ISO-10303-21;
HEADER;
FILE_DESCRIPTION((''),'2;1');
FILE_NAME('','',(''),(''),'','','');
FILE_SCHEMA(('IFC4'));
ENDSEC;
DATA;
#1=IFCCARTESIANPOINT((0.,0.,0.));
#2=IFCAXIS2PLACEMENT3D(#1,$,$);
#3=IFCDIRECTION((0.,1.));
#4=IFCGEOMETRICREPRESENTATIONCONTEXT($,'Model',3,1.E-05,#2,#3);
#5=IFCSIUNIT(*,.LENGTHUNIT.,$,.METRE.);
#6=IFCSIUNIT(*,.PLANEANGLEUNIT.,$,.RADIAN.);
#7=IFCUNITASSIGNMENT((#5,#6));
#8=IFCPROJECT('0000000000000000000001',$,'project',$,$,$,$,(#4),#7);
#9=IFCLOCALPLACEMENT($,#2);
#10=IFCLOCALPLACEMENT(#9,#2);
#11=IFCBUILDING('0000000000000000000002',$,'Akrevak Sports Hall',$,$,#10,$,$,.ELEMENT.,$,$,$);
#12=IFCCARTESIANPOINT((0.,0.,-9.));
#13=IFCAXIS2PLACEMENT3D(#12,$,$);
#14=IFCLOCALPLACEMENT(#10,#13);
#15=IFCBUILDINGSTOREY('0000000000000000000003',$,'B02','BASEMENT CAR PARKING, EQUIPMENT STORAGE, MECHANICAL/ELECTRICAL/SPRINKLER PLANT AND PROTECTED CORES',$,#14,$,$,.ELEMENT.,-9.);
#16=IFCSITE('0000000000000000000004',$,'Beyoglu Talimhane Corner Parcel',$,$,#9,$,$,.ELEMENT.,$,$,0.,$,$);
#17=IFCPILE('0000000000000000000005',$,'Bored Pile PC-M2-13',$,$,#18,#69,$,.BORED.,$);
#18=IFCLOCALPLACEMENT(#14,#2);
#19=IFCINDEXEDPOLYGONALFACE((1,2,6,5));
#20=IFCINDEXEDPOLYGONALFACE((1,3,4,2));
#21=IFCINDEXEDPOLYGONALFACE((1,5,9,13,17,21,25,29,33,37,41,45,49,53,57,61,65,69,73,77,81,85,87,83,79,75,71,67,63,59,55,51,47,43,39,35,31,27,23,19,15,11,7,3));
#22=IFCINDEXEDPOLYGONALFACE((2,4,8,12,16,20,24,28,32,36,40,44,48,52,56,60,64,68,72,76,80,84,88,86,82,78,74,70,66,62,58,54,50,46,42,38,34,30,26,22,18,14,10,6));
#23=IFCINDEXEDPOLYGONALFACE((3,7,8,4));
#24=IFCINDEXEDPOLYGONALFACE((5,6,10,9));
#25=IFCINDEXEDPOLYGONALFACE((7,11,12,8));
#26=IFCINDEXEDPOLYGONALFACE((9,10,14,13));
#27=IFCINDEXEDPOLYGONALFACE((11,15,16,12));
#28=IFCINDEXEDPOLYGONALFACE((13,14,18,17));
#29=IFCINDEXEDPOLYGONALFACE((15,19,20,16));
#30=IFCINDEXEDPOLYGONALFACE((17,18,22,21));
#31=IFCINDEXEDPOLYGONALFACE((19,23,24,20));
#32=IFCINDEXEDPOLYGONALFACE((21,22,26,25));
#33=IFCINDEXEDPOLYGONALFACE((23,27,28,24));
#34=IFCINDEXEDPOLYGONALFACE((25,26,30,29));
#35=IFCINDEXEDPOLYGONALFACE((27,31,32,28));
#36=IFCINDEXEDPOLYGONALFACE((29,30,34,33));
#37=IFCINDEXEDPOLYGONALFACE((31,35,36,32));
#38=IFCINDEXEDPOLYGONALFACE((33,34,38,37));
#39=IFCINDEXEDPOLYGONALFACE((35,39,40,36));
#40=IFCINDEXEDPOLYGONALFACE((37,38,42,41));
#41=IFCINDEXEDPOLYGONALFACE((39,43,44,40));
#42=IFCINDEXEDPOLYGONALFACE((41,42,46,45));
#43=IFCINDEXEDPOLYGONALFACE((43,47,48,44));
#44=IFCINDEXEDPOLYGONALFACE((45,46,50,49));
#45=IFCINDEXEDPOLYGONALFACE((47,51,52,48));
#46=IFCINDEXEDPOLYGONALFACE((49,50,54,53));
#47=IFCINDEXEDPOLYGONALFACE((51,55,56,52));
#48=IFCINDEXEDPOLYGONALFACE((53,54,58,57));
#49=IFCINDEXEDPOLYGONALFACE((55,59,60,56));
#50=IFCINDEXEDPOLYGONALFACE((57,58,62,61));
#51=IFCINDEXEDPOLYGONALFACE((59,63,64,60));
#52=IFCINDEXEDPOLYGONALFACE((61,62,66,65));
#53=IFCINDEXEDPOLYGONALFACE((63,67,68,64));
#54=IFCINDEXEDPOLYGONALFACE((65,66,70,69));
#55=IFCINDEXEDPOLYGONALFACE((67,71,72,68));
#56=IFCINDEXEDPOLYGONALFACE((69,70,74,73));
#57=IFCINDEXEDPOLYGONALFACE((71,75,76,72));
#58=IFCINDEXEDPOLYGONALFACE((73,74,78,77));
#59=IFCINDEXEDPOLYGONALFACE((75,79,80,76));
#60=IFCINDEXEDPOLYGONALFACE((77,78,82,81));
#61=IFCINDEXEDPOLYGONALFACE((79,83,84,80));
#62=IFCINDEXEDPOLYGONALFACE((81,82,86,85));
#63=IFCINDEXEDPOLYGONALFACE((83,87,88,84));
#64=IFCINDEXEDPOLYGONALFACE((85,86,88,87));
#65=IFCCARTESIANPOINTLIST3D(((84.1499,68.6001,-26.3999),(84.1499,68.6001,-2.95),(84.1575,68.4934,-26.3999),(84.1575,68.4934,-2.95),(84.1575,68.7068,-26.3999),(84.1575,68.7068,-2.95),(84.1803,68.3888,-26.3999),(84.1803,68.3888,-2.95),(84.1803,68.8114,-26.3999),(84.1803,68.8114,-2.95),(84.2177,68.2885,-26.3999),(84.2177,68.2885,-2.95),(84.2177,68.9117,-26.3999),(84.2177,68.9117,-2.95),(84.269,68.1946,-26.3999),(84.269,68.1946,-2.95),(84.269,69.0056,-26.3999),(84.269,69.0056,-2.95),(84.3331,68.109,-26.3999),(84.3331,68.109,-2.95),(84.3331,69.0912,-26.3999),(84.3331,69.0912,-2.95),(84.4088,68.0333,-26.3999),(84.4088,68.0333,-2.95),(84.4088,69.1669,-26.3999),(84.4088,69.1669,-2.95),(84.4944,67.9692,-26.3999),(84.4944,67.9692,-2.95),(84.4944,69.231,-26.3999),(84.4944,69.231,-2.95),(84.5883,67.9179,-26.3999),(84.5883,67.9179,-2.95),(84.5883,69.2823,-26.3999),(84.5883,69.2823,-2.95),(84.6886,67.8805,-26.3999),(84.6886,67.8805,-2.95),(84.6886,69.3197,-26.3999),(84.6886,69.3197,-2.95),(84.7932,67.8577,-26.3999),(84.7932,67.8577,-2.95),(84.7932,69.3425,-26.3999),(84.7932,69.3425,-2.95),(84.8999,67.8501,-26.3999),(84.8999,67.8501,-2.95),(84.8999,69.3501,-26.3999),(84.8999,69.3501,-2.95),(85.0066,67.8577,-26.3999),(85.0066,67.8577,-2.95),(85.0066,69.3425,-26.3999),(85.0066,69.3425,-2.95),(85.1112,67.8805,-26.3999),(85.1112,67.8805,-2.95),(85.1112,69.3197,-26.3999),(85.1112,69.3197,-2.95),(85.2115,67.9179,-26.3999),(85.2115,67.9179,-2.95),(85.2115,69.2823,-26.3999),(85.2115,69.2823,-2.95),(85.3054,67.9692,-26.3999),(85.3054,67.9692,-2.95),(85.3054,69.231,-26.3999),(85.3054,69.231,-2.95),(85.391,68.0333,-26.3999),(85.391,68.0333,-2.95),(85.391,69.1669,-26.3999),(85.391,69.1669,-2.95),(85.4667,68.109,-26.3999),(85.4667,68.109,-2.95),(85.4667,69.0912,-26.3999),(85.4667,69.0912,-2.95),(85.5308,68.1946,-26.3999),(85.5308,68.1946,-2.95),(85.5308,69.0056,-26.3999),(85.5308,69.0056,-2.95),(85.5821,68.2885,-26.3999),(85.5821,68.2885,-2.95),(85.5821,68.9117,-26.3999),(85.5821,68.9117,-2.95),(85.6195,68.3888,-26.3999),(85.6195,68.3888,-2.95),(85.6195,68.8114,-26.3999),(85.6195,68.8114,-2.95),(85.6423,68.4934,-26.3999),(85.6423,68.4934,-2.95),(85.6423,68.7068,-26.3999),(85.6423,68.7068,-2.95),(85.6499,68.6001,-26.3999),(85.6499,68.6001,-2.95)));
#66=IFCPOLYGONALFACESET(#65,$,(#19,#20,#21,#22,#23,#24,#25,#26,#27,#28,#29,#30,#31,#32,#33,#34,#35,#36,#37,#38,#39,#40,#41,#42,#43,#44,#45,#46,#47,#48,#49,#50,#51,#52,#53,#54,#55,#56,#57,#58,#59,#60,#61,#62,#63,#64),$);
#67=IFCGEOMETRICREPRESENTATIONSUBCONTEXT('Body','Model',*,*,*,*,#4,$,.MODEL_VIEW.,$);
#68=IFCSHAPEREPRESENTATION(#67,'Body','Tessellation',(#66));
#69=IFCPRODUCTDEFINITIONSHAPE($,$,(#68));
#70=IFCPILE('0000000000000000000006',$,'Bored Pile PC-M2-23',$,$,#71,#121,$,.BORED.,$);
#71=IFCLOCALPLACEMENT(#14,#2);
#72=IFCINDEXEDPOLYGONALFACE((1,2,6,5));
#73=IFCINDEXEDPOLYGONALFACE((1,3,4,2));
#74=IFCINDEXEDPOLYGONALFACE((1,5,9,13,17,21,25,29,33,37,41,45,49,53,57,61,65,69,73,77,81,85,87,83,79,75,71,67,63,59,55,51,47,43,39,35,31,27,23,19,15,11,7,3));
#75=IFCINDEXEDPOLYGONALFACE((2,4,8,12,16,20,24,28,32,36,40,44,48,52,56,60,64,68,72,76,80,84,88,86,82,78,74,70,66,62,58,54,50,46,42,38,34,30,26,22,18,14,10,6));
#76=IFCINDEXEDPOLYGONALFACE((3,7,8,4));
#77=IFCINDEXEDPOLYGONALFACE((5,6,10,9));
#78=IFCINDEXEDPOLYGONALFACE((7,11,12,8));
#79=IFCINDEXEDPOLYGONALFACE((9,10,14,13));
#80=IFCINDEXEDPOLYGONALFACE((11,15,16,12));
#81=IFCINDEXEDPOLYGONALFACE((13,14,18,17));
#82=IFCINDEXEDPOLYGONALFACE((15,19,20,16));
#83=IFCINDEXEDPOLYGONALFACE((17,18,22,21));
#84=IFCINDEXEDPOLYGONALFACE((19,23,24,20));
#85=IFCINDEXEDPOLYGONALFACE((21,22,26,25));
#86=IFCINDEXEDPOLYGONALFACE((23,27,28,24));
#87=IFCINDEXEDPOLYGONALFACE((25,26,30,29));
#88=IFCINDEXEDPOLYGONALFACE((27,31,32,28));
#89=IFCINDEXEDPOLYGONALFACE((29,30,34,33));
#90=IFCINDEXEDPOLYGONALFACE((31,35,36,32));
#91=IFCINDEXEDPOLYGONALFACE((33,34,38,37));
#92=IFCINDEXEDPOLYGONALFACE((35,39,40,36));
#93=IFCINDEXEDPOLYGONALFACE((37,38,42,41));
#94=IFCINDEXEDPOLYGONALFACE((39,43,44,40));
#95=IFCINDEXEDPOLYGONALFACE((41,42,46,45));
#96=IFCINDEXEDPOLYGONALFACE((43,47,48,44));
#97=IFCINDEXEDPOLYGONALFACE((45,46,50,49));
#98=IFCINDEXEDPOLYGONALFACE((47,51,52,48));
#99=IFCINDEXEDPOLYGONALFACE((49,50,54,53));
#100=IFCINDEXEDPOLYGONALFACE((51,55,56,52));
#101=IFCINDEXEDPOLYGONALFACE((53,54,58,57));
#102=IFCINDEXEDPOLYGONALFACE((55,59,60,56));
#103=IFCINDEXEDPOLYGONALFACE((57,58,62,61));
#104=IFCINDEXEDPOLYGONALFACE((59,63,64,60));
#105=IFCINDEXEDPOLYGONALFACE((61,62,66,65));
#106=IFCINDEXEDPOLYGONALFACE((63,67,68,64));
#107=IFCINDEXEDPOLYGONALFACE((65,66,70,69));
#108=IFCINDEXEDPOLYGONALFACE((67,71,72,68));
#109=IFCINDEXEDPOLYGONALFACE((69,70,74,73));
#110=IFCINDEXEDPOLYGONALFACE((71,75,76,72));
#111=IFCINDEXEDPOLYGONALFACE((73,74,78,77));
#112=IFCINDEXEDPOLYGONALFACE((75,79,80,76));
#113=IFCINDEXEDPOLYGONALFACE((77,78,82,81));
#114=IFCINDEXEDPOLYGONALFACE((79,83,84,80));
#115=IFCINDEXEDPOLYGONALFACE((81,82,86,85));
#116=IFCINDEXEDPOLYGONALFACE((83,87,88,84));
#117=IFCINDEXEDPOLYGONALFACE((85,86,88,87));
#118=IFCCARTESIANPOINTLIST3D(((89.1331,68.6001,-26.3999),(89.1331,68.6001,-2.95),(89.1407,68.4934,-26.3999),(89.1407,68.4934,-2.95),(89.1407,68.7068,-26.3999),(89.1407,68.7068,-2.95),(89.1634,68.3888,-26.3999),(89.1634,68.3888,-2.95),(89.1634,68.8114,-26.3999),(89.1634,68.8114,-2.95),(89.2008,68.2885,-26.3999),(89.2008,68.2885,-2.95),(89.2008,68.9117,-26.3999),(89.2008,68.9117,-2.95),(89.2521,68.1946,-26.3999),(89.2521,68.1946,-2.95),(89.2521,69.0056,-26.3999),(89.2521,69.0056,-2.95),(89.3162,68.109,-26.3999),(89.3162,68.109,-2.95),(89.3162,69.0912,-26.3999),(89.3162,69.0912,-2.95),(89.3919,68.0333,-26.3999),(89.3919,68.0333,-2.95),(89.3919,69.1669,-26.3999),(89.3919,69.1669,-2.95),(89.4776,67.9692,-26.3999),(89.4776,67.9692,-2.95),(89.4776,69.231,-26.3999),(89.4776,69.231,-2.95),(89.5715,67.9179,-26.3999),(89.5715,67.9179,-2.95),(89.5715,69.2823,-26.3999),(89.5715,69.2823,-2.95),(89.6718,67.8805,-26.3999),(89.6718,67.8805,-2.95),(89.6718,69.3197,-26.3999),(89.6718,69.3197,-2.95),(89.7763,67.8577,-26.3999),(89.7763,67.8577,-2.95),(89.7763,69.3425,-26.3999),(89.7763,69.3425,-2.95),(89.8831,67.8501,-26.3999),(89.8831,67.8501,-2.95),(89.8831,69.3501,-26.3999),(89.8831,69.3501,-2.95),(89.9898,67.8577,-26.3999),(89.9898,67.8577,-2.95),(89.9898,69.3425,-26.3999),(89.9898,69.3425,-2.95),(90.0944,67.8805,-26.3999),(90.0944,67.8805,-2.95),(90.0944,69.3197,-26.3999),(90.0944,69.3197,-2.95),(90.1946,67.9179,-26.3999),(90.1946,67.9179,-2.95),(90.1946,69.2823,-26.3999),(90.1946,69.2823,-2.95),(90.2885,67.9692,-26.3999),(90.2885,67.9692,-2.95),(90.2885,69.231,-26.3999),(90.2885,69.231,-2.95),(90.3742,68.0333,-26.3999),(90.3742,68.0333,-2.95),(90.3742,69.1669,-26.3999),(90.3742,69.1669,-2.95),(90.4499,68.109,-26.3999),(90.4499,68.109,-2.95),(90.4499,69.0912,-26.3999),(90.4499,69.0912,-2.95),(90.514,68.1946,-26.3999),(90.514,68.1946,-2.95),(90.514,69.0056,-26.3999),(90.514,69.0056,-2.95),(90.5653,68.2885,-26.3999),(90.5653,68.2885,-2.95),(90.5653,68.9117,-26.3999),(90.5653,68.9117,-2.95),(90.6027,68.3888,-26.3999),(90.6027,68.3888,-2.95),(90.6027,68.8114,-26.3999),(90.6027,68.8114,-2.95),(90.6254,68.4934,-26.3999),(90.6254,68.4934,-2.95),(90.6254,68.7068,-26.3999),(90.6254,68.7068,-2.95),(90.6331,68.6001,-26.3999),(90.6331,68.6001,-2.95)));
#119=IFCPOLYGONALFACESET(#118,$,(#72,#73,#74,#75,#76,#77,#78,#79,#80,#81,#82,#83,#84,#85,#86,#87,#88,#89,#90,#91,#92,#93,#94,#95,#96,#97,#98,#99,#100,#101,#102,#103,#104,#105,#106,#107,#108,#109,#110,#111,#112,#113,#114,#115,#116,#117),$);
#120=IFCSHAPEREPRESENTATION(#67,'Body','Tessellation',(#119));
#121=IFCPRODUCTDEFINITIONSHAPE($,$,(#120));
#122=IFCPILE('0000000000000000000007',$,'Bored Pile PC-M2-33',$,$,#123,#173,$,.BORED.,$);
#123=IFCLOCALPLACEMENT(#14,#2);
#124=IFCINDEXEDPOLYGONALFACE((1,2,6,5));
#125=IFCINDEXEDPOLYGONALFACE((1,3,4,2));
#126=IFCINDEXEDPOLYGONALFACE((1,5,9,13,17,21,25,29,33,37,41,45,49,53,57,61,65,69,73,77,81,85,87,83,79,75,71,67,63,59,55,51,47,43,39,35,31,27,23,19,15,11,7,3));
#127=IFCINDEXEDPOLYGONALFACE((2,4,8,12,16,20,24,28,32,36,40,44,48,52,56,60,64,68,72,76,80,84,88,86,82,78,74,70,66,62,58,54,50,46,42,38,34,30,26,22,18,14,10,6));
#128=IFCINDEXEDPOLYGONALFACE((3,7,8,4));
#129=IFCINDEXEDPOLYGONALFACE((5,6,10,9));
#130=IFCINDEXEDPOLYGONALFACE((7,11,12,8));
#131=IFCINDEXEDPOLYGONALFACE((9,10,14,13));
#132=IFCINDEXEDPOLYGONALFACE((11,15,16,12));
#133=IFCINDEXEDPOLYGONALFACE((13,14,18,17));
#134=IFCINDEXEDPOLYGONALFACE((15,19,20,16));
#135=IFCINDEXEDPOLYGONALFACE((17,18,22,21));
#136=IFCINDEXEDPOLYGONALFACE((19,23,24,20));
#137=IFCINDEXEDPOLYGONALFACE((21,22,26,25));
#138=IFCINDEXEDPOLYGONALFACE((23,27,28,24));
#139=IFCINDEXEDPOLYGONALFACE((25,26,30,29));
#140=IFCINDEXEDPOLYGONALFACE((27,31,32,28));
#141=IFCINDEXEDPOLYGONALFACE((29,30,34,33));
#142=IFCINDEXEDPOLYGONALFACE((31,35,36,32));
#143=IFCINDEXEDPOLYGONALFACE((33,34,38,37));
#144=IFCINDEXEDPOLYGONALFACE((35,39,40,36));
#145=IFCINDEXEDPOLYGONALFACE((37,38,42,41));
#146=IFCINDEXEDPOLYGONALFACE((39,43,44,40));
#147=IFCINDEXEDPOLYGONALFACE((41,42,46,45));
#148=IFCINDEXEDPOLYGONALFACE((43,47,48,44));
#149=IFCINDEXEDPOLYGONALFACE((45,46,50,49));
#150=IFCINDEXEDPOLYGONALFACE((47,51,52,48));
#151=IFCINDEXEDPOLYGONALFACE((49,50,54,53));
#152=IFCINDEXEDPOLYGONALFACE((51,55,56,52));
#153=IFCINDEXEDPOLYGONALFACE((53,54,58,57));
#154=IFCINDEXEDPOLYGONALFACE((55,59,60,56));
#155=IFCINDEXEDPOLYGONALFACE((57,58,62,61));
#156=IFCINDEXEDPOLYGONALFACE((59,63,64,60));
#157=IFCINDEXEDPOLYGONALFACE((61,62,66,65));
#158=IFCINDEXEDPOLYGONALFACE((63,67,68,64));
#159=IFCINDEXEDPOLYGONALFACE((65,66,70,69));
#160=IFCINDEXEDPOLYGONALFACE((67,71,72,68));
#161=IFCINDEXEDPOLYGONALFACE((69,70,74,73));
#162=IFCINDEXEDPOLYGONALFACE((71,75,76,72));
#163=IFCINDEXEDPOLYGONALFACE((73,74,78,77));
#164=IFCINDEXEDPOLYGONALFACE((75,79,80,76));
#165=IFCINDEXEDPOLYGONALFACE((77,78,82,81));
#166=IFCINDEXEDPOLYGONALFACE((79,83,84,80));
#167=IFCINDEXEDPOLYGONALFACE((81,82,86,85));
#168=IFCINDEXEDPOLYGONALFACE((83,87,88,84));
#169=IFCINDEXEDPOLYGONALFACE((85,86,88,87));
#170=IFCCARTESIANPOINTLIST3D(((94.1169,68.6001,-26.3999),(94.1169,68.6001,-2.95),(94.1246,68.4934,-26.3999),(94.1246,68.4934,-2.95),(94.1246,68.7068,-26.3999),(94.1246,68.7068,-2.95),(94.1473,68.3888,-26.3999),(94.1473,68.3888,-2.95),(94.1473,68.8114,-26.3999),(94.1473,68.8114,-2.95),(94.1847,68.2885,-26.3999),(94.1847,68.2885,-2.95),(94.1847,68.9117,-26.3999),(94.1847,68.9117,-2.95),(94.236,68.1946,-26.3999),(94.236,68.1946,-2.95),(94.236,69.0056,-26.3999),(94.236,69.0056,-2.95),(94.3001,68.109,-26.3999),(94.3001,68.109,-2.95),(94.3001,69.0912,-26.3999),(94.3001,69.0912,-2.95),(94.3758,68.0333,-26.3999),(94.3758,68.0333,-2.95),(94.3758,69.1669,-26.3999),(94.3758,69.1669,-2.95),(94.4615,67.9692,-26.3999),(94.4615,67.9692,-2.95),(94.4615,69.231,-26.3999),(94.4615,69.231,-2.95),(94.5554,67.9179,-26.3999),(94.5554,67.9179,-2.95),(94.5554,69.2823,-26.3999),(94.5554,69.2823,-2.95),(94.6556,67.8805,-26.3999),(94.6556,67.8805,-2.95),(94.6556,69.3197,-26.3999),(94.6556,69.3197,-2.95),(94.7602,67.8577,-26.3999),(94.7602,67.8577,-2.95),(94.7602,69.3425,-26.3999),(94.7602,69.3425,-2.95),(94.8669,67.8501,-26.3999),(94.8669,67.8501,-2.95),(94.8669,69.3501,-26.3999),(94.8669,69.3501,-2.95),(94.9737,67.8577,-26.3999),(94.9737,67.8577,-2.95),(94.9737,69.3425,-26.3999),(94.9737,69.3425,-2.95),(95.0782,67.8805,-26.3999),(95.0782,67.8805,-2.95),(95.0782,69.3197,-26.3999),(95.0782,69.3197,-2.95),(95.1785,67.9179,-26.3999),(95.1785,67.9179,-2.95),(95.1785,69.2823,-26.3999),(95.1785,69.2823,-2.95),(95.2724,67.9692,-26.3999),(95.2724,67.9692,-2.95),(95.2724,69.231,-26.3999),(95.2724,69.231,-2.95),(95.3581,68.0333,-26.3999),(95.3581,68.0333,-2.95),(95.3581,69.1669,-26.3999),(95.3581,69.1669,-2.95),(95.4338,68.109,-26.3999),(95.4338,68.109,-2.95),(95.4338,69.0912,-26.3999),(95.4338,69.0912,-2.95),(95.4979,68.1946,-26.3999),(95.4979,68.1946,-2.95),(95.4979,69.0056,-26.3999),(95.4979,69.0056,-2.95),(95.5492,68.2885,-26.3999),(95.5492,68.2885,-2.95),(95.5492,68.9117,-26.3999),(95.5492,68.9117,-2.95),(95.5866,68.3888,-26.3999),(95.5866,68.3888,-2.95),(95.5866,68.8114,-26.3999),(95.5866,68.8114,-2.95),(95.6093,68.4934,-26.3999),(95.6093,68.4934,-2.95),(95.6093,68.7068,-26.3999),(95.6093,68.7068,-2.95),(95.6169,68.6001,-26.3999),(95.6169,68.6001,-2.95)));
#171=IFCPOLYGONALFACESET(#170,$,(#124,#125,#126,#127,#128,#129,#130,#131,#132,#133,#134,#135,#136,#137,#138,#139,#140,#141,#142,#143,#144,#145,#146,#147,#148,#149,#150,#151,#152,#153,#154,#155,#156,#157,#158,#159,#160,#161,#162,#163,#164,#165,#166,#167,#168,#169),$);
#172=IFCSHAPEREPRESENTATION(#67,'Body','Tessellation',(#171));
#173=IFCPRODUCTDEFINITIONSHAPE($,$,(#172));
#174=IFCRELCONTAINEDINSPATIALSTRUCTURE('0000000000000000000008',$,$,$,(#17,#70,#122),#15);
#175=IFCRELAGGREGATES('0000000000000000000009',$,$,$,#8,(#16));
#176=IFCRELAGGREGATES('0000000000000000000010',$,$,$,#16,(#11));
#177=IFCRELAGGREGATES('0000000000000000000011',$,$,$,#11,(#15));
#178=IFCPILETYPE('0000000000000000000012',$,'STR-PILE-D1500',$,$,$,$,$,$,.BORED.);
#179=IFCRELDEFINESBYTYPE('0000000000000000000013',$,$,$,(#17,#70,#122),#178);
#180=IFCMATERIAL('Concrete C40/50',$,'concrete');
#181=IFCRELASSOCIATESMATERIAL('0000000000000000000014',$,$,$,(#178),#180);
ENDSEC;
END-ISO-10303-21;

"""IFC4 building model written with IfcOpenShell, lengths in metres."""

from ifc_helpers import new_model, si_unit, direction, frame, origin, origin_2d, place, context, subcontext, project, spatial, circle, extrude, material, material_profile, profile_set, type_object, element, save


model = new_model("IFC4")

# Units and contexts
model_context = context("Model", 3, precision=1e-05, world=origin(), true_north=direction((0.0, 1.0)))
body_context = subcontext(model_context, "Body", "Model", "MODEL_VIEW")
ifc_project = project(units=[si_unit("LENGTHUNIT", "METRE"), si_unit("PLANEANGLEUNIT", "RADIAN")], contexts=[model_context])

# Site, building, storey
site_placement = place(None, origin())
site = spatial("IfcSite", under=ifc_project, at=site_placement, Name="Beyoglu Talimhane Corner Parcel", CompositionType="ELEMENT", RefElevation=0.0)
building_placement = place(site_placement, origin())
building = spatial("IfcBuilding", under=site, at=building_placement, Name="Akrevak Sports Hall", CompositionType="ELEMENT")
storey_placement = place(building_placement, frame((0.0, 0.0, -9.0)))
storey = spatial("IfcBuildingStorey", under=building, at=storey_placement, Name="B02", Description="BASEMENT CAR PARKING, EQUIPMENT STORAGE, MECHANICAL/ELECTRICAL/SPRINKLER PLANT AND PROTECTED CORES", CompositionType="ELEMENT", Elevation=-9.0)

# Piles
ifc_material_1 = material(Name="Concrete C40/50", Category="concrete")
ifc_material_profile_1 = material_profile(ifc_material_1, circle(Radius=0.75, at=origin_2d()), Name="BORED PILE D1500", Category="concrete")
ifc_profile_set_1 = profile_set([ifc_material_profile_1], Name="Concrete C40/50")
pile_type = type_object("IfcPileType", Name="STR-PILE-D1500", PredefinedType="BORED", material=ifc_profile_set_1)
for number, where, z_axis, x_axis, name in (
    (1, (84.8999, 68.6001, -2.95), (0.0, 0.0, -1.0), (1.0, 0.0, 0.0), "Bored Pile PC-M2-13"),
    (2, (89.8831, 68.6001, -2.95), (0.0, 0.0, -1.0), (1.0, 0.0, 0.0), "Bored Pile PC-M2-23"),
    (3, (94.8669, 68.6001, -2.95), (0.0, 0.0, -1.0), (1.0, 0.0, 0.0), "Bored Pile PC-M2-33"),
):
    element("IfcPile", number, at=place(storey_placement, frame(where, z_axis=z_axis, x_axis=x_axis)), inside=storey, type_object=pile_type, Name=name, PredefinedType="BORED", context=body_context, shape_type="SweptSolid", body=[
        extrude(circle(Radius=0.75, at=origin_2d()), origin(), (0.0, 0.0, 1.0), 23.45),
    ])

save(model, "model.ifc")
